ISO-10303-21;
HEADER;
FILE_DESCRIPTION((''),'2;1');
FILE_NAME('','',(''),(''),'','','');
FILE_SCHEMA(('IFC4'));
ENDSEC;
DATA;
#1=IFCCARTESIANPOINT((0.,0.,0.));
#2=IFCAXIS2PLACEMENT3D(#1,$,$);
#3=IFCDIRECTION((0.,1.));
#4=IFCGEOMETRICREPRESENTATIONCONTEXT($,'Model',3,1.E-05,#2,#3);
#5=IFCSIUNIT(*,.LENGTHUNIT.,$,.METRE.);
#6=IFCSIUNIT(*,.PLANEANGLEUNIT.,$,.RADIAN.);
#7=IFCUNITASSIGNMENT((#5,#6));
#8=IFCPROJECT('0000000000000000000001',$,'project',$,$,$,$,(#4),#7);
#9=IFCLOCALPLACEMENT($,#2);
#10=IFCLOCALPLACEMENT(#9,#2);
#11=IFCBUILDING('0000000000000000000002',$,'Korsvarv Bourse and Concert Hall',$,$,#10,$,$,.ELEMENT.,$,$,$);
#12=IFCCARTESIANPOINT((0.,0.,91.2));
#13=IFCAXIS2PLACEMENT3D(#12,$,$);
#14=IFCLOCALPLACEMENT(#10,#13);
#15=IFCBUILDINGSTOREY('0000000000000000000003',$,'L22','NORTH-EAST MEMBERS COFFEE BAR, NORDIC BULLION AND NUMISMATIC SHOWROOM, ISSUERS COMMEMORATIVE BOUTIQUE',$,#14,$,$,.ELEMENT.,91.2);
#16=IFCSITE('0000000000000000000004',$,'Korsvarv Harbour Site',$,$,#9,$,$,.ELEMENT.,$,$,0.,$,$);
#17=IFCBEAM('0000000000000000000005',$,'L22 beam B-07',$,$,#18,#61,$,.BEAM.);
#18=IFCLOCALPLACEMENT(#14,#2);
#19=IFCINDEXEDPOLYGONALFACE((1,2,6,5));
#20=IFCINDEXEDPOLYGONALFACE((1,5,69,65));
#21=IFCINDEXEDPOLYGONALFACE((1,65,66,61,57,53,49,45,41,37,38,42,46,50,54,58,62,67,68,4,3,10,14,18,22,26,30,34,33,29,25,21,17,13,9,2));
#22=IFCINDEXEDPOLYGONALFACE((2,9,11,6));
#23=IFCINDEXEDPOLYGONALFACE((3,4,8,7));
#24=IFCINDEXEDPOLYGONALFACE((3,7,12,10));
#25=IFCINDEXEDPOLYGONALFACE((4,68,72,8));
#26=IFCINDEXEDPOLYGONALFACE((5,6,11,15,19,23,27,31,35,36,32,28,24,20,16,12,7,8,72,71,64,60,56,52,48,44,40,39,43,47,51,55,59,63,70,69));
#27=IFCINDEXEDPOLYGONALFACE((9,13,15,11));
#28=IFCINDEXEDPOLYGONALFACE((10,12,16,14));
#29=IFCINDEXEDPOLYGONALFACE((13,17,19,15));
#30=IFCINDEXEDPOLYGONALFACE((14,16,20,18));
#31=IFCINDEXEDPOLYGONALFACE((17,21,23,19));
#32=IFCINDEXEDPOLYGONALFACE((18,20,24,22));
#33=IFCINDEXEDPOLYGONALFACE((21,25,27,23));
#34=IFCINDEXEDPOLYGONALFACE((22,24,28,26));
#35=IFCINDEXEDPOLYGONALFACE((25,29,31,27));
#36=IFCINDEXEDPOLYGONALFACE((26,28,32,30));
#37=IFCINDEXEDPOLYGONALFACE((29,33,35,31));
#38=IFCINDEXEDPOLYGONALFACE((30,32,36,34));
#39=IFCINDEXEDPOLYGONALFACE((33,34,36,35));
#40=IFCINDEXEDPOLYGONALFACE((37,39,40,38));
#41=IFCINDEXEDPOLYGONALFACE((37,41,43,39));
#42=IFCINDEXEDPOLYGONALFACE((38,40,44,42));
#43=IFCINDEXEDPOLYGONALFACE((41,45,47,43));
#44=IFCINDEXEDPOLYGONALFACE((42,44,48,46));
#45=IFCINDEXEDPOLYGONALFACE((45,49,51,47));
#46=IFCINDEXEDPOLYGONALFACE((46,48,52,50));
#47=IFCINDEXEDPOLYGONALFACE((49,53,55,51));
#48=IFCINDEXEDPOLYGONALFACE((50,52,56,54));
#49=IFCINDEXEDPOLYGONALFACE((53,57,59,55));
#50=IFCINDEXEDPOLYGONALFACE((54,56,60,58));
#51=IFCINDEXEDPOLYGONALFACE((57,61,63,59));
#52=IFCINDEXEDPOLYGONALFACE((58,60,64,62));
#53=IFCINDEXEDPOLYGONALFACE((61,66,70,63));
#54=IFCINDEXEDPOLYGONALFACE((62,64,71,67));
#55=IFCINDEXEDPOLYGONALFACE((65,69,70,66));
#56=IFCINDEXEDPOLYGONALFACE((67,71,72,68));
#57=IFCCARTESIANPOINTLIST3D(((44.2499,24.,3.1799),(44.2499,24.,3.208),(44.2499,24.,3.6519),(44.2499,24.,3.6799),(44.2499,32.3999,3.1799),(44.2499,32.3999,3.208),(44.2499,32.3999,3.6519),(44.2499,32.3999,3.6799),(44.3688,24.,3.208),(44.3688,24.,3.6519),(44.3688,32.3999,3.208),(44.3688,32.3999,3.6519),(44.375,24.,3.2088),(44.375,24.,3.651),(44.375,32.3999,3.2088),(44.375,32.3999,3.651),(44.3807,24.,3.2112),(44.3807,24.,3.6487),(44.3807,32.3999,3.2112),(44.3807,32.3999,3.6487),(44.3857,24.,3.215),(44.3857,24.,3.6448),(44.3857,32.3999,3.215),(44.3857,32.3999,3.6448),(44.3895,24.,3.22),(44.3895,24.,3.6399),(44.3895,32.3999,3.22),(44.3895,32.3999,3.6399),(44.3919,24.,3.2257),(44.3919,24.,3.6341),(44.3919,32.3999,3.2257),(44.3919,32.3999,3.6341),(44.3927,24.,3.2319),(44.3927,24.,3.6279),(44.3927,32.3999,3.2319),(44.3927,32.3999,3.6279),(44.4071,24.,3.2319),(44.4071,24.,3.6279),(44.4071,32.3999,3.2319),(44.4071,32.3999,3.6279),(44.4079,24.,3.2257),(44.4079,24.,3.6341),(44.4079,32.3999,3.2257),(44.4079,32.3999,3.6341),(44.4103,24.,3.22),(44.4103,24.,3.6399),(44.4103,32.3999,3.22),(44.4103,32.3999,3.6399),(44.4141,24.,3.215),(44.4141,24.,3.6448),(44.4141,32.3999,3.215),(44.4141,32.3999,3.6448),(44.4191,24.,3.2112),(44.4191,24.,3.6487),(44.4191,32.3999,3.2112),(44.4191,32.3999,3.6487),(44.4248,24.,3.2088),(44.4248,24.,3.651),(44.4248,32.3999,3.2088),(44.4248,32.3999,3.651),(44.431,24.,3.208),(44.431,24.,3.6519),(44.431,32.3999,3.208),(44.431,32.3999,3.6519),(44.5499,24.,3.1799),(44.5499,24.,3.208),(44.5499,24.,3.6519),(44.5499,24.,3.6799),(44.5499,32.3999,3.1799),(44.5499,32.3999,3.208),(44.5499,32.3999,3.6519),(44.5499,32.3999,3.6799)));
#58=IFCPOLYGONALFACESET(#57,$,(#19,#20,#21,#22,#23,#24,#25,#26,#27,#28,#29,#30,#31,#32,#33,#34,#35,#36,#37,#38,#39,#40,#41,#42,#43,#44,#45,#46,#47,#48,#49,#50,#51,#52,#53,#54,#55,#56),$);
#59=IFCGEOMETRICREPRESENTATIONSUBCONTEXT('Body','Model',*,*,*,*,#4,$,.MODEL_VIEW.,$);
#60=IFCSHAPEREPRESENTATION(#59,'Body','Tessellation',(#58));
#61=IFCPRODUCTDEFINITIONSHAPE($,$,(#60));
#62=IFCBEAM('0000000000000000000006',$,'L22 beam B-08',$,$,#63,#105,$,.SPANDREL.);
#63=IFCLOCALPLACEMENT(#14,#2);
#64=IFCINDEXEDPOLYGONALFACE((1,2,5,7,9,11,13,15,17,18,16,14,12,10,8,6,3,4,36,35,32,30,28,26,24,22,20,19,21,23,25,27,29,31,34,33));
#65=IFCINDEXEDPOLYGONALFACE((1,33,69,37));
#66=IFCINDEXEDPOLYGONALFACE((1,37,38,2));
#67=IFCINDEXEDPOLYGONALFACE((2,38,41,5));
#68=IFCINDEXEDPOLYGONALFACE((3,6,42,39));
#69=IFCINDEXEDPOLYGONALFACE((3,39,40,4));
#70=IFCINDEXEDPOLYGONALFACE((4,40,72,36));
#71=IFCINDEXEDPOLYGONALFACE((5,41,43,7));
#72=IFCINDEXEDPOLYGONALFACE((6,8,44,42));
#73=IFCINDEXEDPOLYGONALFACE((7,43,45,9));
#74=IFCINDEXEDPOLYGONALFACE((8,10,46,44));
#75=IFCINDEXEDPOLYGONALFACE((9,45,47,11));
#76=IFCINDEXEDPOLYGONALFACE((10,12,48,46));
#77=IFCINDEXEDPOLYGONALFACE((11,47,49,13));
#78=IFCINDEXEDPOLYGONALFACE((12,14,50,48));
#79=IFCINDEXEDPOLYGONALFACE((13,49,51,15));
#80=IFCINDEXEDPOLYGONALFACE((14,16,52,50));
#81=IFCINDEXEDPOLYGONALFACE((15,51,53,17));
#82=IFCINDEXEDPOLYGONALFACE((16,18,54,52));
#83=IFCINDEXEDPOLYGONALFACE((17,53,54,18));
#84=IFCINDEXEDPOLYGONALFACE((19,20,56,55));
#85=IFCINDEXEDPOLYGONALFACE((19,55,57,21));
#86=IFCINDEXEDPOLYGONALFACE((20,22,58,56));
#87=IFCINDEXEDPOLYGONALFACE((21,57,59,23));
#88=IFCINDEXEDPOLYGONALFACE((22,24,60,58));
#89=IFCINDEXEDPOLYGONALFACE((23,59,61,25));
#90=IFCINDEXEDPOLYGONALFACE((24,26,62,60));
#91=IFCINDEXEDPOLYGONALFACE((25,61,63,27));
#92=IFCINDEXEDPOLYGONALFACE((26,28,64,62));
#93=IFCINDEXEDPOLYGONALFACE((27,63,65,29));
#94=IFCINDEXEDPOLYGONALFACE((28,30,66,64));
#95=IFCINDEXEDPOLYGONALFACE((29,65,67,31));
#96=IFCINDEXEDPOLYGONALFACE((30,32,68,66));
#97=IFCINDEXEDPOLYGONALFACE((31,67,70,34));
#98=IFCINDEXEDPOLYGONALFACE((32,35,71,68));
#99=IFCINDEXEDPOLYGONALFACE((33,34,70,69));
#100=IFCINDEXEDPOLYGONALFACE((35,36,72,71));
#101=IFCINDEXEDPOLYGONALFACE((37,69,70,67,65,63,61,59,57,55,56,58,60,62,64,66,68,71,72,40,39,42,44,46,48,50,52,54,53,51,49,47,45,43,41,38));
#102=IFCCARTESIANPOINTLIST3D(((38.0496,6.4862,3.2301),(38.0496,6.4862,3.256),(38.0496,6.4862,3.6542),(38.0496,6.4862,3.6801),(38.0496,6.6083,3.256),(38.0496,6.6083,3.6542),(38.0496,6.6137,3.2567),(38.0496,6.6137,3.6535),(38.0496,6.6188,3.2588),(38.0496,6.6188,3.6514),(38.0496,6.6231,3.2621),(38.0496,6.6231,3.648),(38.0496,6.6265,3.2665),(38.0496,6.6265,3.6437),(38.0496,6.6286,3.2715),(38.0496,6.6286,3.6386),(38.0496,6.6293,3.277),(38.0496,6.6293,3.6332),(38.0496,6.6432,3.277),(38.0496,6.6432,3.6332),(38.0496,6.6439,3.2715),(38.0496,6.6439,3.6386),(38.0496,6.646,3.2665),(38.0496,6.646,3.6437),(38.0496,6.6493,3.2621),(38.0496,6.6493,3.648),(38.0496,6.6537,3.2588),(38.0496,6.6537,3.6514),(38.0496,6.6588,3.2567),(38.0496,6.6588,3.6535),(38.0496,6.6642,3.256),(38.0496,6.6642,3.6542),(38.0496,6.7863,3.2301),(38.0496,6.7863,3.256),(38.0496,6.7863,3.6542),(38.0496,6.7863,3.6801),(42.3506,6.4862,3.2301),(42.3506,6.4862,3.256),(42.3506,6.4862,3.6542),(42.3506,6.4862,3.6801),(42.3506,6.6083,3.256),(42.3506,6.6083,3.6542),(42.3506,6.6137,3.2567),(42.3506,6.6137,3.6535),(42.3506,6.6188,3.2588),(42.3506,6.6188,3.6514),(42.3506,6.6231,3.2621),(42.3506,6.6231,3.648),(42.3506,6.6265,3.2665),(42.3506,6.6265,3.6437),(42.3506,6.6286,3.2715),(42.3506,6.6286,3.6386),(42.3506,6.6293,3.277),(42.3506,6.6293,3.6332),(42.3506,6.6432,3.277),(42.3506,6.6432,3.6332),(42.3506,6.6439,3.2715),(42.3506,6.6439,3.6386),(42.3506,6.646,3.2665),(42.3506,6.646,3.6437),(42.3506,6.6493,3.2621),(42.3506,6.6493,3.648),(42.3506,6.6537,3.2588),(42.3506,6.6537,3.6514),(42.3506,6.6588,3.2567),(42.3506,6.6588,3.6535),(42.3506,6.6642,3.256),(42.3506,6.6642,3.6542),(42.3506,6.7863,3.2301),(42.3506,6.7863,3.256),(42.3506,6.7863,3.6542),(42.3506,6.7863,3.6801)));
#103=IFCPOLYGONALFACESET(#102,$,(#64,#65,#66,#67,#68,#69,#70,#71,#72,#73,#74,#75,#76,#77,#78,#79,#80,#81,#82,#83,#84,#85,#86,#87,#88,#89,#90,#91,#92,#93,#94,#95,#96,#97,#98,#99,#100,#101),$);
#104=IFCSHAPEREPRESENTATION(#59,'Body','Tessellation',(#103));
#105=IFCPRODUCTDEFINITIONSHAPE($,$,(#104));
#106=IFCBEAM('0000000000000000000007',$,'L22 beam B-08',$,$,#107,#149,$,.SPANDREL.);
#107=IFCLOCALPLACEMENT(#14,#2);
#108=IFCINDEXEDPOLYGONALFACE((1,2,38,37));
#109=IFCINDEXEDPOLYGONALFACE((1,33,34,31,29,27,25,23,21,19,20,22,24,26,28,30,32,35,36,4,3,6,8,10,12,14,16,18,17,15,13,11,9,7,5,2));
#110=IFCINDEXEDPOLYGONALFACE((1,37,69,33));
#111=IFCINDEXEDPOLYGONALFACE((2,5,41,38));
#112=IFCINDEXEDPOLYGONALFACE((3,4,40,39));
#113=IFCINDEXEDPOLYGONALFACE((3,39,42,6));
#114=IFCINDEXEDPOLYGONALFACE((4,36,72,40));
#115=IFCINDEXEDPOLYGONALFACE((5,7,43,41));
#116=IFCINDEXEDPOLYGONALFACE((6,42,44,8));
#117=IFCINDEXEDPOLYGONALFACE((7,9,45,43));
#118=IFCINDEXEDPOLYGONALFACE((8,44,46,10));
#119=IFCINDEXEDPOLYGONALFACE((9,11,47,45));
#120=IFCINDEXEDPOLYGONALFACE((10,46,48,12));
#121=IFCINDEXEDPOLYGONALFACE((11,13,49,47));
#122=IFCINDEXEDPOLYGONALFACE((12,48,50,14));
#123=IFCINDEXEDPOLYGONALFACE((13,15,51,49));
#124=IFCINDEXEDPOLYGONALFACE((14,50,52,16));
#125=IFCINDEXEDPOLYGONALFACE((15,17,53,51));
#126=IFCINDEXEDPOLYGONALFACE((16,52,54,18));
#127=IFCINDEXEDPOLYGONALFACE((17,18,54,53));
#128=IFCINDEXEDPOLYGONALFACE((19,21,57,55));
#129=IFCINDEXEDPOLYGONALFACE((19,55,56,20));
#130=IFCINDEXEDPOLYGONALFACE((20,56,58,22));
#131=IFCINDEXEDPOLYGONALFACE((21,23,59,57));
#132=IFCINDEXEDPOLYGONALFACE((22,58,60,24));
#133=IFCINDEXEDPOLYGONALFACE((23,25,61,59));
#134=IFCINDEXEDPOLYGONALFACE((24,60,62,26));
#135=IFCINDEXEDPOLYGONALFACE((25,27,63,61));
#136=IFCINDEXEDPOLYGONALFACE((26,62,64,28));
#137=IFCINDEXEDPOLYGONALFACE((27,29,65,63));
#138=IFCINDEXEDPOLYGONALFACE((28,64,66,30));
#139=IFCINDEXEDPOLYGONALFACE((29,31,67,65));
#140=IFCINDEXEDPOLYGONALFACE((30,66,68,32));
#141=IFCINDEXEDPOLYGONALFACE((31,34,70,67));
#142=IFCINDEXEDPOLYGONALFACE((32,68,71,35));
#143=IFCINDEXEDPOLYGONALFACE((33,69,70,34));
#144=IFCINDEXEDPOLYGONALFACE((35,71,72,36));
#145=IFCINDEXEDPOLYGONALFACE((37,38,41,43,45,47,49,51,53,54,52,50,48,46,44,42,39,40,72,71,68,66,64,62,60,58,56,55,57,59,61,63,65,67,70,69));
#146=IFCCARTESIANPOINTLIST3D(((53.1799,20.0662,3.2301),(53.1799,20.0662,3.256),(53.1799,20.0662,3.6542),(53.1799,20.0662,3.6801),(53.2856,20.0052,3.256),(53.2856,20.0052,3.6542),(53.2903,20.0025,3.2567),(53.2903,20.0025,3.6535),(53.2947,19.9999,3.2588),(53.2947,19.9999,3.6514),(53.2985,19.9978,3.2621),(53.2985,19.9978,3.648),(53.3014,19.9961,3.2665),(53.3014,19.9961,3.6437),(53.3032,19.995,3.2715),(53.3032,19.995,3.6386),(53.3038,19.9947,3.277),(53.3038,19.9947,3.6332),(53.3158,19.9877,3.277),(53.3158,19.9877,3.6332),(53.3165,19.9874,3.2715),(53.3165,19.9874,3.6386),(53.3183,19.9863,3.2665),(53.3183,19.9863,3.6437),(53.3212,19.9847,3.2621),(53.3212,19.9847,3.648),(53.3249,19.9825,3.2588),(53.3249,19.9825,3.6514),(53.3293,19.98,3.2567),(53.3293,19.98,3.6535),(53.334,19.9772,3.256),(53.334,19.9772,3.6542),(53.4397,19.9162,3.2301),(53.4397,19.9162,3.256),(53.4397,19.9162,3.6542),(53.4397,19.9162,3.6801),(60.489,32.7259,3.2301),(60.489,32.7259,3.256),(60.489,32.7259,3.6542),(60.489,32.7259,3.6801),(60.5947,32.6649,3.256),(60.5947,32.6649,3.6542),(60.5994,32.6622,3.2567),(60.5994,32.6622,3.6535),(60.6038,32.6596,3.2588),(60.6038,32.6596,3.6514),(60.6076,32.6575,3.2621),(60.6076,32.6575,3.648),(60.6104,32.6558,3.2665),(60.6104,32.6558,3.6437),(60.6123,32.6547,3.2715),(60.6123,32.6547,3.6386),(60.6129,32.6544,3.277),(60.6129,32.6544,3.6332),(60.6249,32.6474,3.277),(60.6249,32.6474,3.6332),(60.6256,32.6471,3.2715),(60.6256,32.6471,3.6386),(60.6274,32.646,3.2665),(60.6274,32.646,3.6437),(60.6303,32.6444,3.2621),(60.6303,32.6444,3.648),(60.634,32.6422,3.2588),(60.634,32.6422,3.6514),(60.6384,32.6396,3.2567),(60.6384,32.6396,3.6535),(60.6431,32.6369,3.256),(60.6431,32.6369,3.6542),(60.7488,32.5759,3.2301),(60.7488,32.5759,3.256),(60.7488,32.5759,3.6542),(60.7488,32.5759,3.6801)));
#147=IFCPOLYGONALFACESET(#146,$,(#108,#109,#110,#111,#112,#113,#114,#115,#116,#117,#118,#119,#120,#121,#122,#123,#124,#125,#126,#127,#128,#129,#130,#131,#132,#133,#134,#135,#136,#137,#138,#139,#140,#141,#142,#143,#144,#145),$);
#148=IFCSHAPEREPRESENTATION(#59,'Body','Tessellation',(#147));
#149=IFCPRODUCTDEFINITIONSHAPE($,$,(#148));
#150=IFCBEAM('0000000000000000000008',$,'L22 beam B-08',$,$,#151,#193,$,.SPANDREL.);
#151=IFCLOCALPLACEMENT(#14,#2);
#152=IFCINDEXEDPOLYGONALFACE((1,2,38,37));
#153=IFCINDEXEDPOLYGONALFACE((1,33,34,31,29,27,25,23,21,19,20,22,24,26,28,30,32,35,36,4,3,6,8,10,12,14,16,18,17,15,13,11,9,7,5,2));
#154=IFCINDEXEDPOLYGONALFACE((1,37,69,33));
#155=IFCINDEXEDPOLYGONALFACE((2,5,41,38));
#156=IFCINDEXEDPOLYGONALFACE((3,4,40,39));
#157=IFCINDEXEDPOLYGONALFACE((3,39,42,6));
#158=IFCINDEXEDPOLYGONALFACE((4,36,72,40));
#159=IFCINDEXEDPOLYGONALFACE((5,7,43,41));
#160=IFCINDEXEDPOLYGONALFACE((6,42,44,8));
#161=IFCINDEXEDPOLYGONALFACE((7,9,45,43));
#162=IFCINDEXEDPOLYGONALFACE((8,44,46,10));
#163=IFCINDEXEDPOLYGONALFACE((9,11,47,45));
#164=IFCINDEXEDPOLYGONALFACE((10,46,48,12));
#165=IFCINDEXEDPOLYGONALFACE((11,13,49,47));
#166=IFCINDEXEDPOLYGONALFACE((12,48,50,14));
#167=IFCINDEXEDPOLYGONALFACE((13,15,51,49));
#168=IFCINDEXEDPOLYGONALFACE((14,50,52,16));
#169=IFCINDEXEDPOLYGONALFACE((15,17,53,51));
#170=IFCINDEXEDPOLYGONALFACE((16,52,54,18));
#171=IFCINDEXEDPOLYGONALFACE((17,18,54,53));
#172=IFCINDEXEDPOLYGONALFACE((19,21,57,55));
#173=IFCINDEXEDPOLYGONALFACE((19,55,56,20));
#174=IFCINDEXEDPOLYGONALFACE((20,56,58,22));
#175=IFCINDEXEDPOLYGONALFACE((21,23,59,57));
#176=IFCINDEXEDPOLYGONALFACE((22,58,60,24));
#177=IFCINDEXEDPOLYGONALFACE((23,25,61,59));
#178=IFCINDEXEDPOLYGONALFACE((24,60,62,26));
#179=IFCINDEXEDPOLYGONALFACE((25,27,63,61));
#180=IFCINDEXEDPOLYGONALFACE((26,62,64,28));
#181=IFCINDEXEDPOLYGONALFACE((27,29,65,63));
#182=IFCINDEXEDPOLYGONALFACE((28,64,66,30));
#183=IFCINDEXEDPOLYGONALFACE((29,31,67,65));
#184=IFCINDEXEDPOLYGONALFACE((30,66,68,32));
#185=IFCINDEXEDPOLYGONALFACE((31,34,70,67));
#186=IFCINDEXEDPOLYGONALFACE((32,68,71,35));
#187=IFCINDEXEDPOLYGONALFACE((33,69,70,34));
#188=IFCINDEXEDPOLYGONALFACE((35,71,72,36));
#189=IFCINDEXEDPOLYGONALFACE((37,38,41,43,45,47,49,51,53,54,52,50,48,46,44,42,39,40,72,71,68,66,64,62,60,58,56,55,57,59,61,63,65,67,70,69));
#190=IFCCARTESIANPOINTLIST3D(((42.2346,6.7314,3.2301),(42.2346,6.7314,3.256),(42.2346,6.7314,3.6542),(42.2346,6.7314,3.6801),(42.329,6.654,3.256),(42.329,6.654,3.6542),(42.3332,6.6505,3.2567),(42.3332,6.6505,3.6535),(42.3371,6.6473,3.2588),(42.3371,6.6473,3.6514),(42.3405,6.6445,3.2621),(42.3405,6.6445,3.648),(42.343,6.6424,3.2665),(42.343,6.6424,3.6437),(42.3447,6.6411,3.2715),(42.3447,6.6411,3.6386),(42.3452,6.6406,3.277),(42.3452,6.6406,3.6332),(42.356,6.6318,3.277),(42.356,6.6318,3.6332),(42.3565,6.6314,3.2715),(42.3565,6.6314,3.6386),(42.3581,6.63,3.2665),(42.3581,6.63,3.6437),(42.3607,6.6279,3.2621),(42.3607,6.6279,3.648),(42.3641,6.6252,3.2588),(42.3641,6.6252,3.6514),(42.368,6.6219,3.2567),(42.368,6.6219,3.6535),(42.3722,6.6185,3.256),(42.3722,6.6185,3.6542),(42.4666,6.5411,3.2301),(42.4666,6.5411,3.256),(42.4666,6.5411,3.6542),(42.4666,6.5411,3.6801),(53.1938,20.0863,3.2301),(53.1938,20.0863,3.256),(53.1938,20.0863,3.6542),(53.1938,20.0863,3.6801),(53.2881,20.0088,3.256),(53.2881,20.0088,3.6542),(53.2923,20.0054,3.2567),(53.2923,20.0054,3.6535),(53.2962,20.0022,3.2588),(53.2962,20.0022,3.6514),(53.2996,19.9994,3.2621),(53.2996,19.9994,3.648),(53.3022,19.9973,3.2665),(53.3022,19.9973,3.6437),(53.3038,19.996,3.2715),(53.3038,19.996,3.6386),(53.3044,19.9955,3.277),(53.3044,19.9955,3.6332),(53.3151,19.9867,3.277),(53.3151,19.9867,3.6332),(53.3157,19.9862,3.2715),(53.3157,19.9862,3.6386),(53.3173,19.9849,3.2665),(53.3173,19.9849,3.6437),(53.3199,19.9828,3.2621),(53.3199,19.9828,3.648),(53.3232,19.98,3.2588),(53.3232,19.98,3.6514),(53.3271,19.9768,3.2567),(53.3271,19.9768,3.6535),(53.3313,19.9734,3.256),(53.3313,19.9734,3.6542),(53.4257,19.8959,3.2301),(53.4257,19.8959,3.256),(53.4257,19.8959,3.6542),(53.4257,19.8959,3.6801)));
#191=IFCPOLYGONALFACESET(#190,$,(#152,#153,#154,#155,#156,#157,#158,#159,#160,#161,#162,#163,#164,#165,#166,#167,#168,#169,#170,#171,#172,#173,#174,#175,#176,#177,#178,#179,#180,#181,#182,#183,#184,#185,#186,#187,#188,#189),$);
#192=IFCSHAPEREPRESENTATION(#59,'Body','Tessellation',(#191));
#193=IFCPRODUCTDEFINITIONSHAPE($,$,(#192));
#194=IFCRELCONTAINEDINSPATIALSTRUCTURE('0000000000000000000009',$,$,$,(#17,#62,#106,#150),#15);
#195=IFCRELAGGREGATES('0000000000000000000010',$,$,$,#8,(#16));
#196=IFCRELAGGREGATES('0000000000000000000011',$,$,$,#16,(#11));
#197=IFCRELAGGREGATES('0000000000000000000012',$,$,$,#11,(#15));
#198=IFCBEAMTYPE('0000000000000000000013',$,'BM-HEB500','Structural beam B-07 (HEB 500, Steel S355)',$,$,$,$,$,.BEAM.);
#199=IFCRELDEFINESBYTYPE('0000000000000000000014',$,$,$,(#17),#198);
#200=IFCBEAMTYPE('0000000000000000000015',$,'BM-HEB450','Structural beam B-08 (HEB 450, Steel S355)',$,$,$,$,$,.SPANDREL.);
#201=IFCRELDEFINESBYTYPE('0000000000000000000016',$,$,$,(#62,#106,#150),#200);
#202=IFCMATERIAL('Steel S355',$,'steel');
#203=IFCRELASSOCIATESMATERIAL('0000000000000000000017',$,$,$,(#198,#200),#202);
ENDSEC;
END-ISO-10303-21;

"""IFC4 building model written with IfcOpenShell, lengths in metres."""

from ifc_helpers import new_model, si_unit, direction, frame, origin, origin_2d, place, context, subcontext, project, spatial, i_section, extrude, source, transform, mapped, material, material_profile, profile_set, type_object, element, save


model = new_model("IFC4")

# Units and contexts
model_context = context("Model", 3, precision=1e-05, world=origin(), true_north=direction((0.0, 1.0)))
body_context = subcontext(model_context, "Body", "Model", "MODEL_VIEW")
ifc_project = project(units=[si_unit("LENGTHUNIT", "METRE"), si_unit("PLANEANGLEUNIT", "RADIAN")], contexts=[model_context])

# Site, building, storey
site_placement = place(None, origin())
site = spatial("IfcSite", under=ifc_project, at=site_placement, Name="Korsvarv Harbour Site", CompositionType="ELEMENT", RefElevation=0.0)
building_placement = place(site_placement, origin())
building = spatial("IfcBuilding", under=site, at=building_placement, Name="Korsvarv Bourse and Concert Hall", CompositionType="ELEMENT")
storey_placement = place(building_placement, frame((0.0, 0.0, 91.2)))
storey = spatial("IfcBuildingStorey", under=building, at=storey_placement, Name="L22", Description="NORTH-EAST MEMBERS COFFEE BAR, NORDIC BULLION AND NUMISMATIC SHOWROOM, ISSUERS COMMEMORATIVE BOUTIQUE", CompositionType="ELEMENT", Elevation=91.2)

# Beams
ifc_material_1 = material(Name="Steel S355", Category="steel")
ifc_material_profile_1 = material_profile(ifc_material_1, i_section(OverallWidth=0.3, OverallDepth=0.5, WebThickness=0.0144, FlangeThickness=0.0281, FilletRadius=0.0239, at=origin_2d()), Name="HEB 500")
ifc_profile_set_1 = profile_set([ifc_material_profile_1], Name="Steel S355")
beam_type_1 = type_object("IfcBeamType", Name="BM-HEB500", Description="Structural beam B-07 (HEB 500, Steel S355)", PredefinedType="BEAM", material=ifc_profile_set_1)
shared_shape_1 = source(origin(), body_context, "Body", "SweptSolid", [
    extrude(i_section(OverallWidth=0.3, OverallDepth=0.5, WebThickness=0.0144, FlangeThickness=0.0281, FilletRadius=0.0239, at=origin_2d()), origin(), (0.0, 0.0, 1.0), 8.3999),
])
beam_1_placement = place(storey_placement, frame((44.3999, 24.0, 3.4299), z_axis=(0.0, 1.0, 0.0), x_axis=(-1.0, 0.0, 0.0)))
element("IfcBeam", 1, at=beam_1_placement, inside=storey, type_object=beam_type_1, Name="L22 beam B-07", PredefinedType="BEAM", context=body_context, shape_type="MappedRepresentation", body=[
    mapped(shared_shape_1, transform((0.0, 0.0, 0.0), scale=1.0)),
])
ifc_material_profile_2 = material_profile(ifc_material_1, i_section(OverallWidth=0.3, OverallDepth=0.45, WebThickness=0.0139, FlangeThickness=0.0259, FilletRadius=0.021, at=origin_2d()), Name="HEB 450")
ifc_profile_set_2 = profile_set([ifc_material_profile_2], Name="Steel S355")
beam_type_2 = type_object("IfcBeamType", Name="BM-HEB450", Description="Structural beam B-08 (HEB 450, Steel S355)", PredefinedType="SPANDREL", material=ifc_profile_set_2)
shared_shape_2 = source(origin(), body_context, "Body", "SweptSolid", [
    extrude(i_section(OverallWidth=0.3, OverallDepth=0.45, WebThickness=0.0139, FlangeThickness=0.0259, FilletRadius=0.021, at=origin_2d()), origin(), (0.0, 0.0, 1.0), 4.301),
])
beam_2_placement = place(storey_placement, frame((38.0496, 6.6362, 3.4551), z_axis=(1.0, 0.0, 0.0), x_axis=(0.0, 1.0, 0.0)))
element("IfcBeam", 2, at=beam_2_placement, inside=storey, type_object=beam_type_2, Name="L22 beam B-08", PredefinedType="SPANDREL", context=body_context, shape_type="MappedRepresentation", body=[
    mapped(shared_shape_2, transform((0.0, 0.0, 0.0), scale=1.0)),
])
shared_shape_3 = source(origin(), body_context, "Body", "SweptSolid", [
    extrude(i_section(OverallWidth=0.3, OverallDepth=0.45, WebThickness=0.0139, FlangeThickness=0.0259, FilletRadius=0.021, at=origin_2d()), origin(), (0.0, 0.0, 1.0), 14.6182),
])
beam_3_placement = place(storey_placement, frame((53.3098, 19.9912, 3.4551), z_axis=(0.500001, 0.866025, 0.0), x_axis=(-0.866025, 0.500001, 0.0)))
element("IfcBeam", 3, at=beam_3_placement, inside=storey, type_object=beam_type_2, Name="L22 beam B-08", PredefinedType="SPANDREL", context=body_context, shape_type="MappedRepresentation", body=[
    mapped(shared_shape_3, transform((0.0, 0.0, 0.0), scale=1.0)),
])
shared_shape_4 = source(origin(), body_context, "Body", "SweptSolid", [
    extrude(i_section(OverallWidth=0.3, OverallDepth=0.45, WebThickness=0.0139, FlangeThickness=0.0259, FilletRadius=0.021, at=origin_2d()), origin(), (0.0, 0.0, 1.0), 17.2759),
])
beam_4_placement = place(storey_placement, frame((42.3506, 6.6362, 3.4551), z_axis=(0.634361, 0.773037, 0.0), x_axis=(-0.773037, 0.634361, 0.0)))
element("IfcBeam", 4, at=beam_4_placement, inside=storey, type_object=beam_type_2, Name="L22 beam B-08", PredefinedType="SPANDREL", context=body_context, shape_type="MappedRepresentation", body=[
    mapped(shared_shape_4, transform((0.0, 0.0, 0.0), scale=1.0)),
])

save(model, "model.ifc")
